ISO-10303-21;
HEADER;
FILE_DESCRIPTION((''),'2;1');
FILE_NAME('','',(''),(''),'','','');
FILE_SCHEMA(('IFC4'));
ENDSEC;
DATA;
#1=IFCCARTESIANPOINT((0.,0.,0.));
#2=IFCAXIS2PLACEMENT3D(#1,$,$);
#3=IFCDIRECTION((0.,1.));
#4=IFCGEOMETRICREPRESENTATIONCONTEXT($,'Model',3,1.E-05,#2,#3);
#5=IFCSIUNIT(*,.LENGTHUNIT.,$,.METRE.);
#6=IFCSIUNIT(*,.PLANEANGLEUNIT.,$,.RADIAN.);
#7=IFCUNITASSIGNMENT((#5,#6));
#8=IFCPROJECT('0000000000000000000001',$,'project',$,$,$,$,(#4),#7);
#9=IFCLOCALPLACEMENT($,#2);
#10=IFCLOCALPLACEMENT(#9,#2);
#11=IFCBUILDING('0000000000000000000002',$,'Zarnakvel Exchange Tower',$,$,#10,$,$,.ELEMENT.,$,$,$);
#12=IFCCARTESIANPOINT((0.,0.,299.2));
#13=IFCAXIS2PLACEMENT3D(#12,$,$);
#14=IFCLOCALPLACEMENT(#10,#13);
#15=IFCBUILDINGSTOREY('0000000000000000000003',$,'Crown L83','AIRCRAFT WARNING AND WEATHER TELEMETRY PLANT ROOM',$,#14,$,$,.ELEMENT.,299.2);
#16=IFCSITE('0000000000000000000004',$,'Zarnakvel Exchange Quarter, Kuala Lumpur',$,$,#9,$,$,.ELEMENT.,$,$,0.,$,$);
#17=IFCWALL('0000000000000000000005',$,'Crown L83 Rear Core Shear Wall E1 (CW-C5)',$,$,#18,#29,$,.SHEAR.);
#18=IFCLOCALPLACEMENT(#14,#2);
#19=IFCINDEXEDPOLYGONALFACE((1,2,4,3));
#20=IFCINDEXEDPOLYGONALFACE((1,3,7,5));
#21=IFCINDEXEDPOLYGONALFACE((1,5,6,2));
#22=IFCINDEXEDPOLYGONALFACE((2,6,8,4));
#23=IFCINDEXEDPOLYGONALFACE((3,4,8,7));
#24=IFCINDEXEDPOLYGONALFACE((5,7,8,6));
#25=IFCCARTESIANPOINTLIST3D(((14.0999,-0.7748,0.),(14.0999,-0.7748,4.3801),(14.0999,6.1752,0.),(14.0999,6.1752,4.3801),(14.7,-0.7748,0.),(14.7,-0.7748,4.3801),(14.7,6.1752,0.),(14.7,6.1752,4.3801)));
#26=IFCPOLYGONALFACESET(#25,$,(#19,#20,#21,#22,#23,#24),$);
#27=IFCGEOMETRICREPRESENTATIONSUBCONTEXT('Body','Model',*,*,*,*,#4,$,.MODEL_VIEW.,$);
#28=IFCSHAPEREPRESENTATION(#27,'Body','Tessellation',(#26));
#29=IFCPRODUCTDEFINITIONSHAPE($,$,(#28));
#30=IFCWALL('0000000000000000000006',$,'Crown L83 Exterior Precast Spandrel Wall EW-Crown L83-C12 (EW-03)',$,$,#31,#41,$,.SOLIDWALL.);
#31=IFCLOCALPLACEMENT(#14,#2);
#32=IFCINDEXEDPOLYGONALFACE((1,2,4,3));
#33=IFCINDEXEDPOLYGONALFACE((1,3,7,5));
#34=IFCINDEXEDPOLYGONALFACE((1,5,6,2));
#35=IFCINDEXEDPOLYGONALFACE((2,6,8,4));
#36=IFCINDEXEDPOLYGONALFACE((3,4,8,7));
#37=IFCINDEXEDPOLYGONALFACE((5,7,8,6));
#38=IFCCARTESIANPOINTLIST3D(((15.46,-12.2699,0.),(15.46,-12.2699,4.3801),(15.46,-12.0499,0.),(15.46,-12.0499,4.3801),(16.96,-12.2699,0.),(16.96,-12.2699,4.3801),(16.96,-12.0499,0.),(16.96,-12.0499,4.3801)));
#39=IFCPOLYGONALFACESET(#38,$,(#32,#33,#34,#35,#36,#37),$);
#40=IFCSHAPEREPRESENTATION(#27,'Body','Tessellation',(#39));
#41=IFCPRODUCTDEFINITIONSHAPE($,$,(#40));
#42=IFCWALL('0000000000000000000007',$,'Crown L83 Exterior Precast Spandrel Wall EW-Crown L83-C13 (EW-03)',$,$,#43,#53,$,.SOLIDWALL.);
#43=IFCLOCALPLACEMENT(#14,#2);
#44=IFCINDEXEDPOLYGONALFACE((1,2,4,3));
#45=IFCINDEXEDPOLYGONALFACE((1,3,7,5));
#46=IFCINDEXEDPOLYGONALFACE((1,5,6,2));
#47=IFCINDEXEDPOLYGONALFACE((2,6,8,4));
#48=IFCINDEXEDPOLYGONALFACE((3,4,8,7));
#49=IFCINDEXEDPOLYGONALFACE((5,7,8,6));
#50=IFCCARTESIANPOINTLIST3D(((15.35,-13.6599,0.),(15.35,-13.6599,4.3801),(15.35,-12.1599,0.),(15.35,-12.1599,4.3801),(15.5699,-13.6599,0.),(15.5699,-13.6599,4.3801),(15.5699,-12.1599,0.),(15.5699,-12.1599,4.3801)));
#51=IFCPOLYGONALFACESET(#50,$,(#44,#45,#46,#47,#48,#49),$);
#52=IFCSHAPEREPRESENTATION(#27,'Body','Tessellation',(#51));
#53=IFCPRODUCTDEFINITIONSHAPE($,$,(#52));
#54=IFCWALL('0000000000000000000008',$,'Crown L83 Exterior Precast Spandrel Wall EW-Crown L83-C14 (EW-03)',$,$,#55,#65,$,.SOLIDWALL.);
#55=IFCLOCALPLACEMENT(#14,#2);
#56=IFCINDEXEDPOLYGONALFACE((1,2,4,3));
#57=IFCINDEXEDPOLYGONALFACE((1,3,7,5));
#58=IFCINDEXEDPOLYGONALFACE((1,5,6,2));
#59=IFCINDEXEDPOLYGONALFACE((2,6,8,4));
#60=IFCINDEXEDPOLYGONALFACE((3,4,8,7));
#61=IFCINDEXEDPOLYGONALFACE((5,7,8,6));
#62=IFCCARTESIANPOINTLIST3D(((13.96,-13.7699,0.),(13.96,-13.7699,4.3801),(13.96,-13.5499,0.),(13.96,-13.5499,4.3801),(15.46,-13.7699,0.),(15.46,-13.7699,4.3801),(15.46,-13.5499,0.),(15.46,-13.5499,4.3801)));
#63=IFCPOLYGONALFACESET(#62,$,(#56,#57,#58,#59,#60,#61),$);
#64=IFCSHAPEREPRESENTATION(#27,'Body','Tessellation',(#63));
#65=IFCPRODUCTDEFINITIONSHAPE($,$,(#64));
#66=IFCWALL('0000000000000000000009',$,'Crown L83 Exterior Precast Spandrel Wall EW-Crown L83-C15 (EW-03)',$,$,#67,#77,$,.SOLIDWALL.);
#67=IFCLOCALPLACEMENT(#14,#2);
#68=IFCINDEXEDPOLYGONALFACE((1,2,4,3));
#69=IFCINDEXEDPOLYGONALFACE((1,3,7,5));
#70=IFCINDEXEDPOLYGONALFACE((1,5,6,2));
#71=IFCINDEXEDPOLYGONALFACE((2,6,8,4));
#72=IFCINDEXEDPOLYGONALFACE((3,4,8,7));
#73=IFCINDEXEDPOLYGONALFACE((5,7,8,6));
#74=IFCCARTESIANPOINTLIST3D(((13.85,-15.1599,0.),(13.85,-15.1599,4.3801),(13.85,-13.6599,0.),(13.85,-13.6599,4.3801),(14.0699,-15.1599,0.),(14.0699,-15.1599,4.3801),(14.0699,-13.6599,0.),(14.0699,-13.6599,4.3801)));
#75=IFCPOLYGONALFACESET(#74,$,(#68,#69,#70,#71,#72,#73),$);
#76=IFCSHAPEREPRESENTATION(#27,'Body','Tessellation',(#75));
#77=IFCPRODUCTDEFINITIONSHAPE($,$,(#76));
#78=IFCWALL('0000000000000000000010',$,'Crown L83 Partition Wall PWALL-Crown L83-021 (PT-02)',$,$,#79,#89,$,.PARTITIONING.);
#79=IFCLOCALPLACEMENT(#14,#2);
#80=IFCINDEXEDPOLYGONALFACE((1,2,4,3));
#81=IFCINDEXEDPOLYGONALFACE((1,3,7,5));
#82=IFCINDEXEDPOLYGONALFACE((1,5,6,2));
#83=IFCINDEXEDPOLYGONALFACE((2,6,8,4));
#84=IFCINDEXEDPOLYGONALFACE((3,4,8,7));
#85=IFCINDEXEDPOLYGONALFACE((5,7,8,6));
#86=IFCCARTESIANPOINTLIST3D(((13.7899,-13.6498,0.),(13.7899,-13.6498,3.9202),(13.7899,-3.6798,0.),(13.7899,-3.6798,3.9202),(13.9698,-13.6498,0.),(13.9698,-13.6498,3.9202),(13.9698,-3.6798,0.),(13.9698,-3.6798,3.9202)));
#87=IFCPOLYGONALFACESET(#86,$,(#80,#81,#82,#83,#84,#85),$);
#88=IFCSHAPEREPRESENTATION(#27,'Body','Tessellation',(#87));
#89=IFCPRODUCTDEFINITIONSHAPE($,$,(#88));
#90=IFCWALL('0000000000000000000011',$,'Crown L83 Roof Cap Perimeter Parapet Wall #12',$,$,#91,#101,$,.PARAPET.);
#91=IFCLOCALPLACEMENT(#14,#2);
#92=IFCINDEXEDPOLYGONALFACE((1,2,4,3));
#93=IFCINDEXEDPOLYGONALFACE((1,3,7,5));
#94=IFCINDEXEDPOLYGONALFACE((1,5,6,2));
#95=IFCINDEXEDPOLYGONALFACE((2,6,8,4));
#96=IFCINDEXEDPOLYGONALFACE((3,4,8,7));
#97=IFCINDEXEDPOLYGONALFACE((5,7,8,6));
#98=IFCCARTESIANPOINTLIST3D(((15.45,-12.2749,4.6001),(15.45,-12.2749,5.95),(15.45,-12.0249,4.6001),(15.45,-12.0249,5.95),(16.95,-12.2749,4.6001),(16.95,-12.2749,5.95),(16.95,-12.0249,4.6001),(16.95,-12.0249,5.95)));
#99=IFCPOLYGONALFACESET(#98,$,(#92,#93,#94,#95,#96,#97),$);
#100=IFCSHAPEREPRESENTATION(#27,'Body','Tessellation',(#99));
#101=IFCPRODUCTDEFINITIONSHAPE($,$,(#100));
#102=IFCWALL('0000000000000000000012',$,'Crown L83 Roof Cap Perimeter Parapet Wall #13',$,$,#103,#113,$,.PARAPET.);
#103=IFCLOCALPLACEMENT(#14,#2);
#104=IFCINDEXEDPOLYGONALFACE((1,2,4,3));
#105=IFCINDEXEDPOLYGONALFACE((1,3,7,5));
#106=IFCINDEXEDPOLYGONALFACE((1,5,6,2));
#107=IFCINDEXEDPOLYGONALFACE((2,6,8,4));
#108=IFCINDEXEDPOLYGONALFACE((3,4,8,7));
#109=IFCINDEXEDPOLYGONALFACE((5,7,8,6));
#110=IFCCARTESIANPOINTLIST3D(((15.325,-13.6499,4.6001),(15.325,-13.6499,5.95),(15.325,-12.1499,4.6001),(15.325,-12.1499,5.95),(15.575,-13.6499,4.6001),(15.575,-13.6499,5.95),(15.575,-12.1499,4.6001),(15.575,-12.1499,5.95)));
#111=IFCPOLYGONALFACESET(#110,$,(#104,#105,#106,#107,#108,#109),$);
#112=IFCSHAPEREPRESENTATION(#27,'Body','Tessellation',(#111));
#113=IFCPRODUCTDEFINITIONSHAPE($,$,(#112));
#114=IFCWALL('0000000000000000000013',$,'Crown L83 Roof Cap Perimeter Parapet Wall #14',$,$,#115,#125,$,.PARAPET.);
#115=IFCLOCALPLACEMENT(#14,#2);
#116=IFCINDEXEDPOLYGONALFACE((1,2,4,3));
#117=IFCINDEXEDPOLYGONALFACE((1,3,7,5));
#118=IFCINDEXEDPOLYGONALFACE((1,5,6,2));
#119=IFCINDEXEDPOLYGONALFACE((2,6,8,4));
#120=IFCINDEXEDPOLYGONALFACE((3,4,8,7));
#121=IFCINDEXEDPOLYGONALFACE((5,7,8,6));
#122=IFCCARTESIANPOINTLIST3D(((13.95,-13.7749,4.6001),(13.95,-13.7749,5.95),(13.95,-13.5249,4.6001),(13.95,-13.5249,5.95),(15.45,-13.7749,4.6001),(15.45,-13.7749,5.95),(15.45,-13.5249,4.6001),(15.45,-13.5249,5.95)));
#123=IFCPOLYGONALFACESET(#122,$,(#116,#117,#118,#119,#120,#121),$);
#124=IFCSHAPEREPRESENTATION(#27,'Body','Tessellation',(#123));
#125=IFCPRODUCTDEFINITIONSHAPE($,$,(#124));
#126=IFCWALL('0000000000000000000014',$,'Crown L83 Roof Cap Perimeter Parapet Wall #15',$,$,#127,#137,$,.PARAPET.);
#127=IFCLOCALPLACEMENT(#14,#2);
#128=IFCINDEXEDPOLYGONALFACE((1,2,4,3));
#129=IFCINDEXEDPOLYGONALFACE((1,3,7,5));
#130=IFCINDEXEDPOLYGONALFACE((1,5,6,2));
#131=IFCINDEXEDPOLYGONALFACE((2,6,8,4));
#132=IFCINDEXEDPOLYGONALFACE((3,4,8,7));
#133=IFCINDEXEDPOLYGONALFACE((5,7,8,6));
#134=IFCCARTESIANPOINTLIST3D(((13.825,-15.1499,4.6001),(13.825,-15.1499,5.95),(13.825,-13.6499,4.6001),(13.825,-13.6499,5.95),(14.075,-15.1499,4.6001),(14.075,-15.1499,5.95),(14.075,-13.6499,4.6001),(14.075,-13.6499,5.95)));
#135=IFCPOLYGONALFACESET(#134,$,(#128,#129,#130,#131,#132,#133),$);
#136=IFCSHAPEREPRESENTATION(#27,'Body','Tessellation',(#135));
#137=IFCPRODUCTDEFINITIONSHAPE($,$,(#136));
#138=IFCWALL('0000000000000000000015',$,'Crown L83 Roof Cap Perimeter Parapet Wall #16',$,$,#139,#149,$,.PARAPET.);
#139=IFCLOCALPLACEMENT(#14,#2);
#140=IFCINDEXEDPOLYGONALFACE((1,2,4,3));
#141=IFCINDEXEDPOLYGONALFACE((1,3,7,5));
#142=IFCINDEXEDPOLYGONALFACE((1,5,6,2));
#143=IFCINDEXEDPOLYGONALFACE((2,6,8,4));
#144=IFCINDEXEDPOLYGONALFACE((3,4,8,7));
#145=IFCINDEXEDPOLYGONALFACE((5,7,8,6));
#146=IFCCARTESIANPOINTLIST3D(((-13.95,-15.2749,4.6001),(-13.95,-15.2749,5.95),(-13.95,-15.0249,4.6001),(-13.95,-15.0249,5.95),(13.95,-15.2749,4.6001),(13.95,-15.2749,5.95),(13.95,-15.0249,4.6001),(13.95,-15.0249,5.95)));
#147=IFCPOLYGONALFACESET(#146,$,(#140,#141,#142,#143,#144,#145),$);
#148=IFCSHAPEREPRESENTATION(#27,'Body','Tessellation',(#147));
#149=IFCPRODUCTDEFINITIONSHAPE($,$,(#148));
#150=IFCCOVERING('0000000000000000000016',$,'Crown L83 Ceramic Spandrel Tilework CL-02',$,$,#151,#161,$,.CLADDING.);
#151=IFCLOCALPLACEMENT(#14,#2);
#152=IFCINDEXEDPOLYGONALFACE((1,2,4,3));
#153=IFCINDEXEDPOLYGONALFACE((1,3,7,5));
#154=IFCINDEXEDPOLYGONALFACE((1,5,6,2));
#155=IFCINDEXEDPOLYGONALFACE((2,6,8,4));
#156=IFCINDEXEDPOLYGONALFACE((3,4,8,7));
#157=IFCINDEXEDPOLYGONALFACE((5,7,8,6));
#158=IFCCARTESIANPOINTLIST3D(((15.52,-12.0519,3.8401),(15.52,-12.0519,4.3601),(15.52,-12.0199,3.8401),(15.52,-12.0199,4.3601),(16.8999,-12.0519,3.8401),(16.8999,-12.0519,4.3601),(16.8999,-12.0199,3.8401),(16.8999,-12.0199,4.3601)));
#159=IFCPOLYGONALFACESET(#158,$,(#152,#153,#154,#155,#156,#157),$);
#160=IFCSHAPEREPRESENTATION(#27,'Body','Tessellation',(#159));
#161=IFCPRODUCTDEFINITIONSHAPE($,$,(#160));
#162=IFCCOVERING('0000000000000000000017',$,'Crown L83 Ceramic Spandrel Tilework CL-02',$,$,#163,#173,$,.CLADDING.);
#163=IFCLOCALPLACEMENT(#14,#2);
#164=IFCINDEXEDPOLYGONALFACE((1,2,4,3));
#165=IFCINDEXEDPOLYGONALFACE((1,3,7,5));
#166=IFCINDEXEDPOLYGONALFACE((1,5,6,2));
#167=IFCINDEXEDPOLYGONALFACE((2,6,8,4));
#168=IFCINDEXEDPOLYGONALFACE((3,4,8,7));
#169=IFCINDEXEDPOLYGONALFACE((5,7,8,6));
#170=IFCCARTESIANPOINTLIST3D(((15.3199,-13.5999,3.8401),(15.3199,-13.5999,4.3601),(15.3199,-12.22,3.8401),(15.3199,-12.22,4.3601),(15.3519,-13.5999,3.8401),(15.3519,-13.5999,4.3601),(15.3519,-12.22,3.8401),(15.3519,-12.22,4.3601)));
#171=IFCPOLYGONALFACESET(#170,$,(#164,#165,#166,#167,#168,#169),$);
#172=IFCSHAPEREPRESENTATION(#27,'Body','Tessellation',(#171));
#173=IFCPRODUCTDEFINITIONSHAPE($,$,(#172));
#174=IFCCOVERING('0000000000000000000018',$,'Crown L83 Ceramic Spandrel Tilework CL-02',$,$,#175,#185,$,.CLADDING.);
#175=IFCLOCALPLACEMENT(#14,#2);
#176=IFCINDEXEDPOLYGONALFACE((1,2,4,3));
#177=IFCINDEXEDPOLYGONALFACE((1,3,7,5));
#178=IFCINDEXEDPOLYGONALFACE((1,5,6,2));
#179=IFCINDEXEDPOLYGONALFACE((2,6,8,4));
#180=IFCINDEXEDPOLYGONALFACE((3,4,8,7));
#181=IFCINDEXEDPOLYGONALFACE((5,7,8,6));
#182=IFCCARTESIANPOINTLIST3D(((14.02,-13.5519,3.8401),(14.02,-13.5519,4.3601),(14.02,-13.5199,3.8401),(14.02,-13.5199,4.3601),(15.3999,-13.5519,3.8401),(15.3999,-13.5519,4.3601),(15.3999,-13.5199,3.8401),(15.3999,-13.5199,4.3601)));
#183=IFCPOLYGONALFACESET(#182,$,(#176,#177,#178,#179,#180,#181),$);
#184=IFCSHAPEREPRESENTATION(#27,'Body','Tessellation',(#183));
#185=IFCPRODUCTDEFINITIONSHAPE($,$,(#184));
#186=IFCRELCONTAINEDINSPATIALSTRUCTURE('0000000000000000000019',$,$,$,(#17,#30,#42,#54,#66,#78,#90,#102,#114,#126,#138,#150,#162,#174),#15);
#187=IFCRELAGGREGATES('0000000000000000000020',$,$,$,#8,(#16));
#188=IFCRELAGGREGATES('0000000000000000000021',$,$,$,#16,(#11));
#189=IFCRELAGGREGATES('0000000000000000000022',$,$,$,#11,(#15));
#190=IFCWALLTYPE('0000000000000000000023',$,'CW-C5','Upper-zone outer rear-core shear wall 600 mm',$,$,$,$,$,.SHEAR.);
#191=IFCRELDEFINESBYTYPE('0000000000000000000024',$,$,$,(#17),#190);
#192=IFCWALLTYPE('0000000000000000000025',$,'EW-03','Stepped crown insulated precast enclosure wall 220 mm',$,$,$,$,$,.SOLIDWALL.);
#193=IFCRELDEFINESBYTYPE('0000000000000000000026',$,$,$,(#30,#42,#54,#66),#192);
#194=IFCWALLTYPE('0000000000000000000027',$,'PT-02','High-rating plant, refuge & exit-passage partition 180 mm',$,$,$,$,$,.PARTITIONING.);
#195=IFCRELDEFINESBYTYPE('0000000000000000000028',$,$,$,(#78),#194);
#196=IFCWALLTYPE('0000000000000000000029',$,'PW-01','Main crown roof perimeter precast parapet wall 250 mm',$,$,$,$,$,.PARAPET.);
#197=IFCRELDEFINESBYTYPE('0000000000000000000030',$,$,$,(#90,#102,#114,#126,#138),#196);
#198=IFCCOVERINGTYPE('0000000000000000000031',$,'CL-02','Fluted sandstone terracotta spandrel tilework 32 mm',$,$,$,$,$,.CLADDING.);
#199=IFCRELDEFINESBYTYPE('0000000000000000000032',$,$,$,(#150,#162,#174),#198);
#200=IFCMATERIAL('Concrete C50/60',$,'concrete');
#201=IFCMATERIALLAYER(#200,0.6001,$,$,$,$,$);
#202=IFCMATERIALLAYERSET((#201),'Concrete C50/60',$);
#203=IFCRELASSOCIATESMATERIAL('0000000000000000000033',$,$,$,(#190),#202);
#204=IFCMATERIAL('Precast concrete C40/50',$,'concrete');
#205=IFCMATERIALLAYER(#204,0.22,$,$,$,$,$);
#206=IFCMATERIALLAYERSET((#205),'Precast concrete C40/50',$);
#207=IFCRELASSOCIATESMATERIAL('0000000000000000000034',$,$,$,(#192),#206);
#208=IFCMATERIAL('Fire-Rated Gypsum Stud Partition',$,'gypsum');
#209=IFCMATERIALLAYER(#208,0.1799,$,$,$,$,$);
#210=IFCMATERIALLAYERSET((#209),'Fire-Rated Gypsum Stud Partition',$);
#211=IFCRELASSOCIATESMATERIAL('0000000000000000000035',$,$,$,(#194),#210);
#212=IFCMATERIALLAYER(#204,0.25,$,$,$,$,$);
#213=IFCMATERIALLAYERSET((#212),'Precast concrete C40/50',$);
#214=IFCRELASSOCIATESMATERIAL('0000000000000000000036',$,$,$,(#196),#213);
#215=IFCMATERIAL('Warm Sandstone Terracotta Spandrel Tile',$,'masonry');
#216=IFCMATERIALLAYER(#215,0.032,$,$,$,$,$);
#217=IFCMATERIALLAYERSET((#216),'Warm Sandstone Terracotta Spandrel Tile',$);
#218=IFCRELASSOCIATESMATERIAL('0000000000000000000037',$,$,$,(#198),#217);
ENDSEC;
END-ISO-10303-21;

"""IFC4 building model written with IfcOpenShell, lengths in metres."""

from ifc_helpers import new_model, si_unit, direction, frame, frame_2d, origin, origin_2d, place, context, subcontext, project, spatial, rectangle, extrude, source, transform, mapped, material, layer, layer_set, type_object, element, save


model = new_model("IFC4")

# Units and contexts
model_context = context("Model", 3, precision=1e-05, world=origin(), true_north=direction((0.0, 1.0)))
body_context = subcontext(model_context, "Body", "Model", "MODEL_VIEW")
ifc_project = project(units=[si_unit("LENGTHUNIT", "METRE"), si_unit("PLANEANGLEUNIT", "RADIAN")], contexts=[model_context])

# Site, building, storey
site_placement = place(None, origin())
site = spatial("IfcSite", under=ifc_project, at=site_placement, Name="Zarnakvel Exchange Quarter, Kuala Lumpur", CompositionType="ELEMENT", RefElevation=0.0)
building_placement = place(site_placement, origin())
building = spatial("IfcBuilding", under=site, at=building_placement, Name="Zarnakvel Exchange Tower", CompositionType="ELEMENT")
storey_placement = place(building_placement, frame((0.0, 0.0, 299.2)))
storey = spatial("IfcBuildingStorey", under=building, at=storey_placement, Name="Crown L83", Description="AIRCRAFT WARNING AND WEATHER TELEMETRY PLANT ROOM", CompositionType="ELEMENT", Elevation=299.2)

# Shared definitions
ifc_material_1 = material(Name="Concrete C50/60", Category="concrete")

# Wall
ifc_layer_1 = layer(ifc_material_1, 0.6001)
ifc_layer_set_1 = layer_set([ifc_layer_1], Name="Concrete C50/60")
wall_type_1 = type_object("IfcWallType", Name="CW-C5", Description="Upper-zone outer rear-core shear wall 600 mm", PredefinedType="SHEAR", material=ifc_layer_set_1)
wall_1_placement = place(storey_placement, frame((14.3999, -0.7749, 0.0), z_axis=(0.0, 0.0, 1.0), x_axis=(0.0, 1.0, 0.0)))
element("IfcWall", 1, at=wall_1_placement, inside=storey, type_object=wall_type_1, Name="Crown L83 Rear Core Shear Wall E1 (CW-C5)", PredefinedType="SHEAR", context=body_context, shape_type="SweptSolid", body=[
    extrude(rectangle(XDim=6.95, YDim=0.6001, at=frame_2d((3.4751, 0.0))), origin(), (0.0, 0.0, 1.0), 4.3801),
])

# Walls
ifc_material_2 = material(Name="Precast concrete C40/50", Category="concrete")
ifc_layer_2 = layer(ifc_material_2, 0.22)
ifc_layer_set_2 = layer_set([ifc_layer_2], Name="Precast concrete C40/50")
wall_type_2 = type_object("IfcWallType", Name="EW-03", Description="Stepped crown insulated precast enclosure wall 220 mm", PredefinedType="SOLIDWALL", material=ifc_layer_set_2)
for number, where, z_axis, x_axis, name in (
    (2, (15.46, -12.1599, 0.0), (0.0, 0.0, 1.0), (1.0, 0.0, 0.0), "Crown L83 Exterior Precast Spandrel Wall EW-Crown L83-C12 (EW-03)"),
    (3, (15.46, -13.6599, 0.0), (0.0, 0.0, 1.0), (0.0, 1.0, 0.0), "Crown L83 Exterior Precast Spandrel Wall EW-Crown L83-C13 (EW-03)"),
    (4, (13.96, -13.6599, 0.0), (0.0, 0.0, 1.0), (1.0, 0.0, 0.0), "Crown L83 Exterior Precast Spandrel Wall EW-Crown L83-C14 (EW-03)"),
    (5, (13.96, -15.1599, 0.0), (0.0, 0.0, 1.0), (0.0, 1.0, 0.0), "Crown L83 Exterior Precast Spandrel Wall EW-Crown L83-C15 (EW-03)"),
):
    element("IfcWall", number, at=place(storey_placement, frame(where, z_axis=z_axis, x_axis=x_axis)), inside=storey, type_object=wall_type_2, Name=name, PredefinedType="SOLIDWALL", context=body_context, shape_type="SweptSolid", body=[
        extrude(rectangle(XDim=1.5, YDim=0.22, at=frame_2d((0.75, 0.0))), origin(), (0.0, 0.0, 1.0), 4.3801),
    ])
ifc_material_3 = material(Name="Fire-Rated Gypsum Stud Partition", Category="gypsum")
ifc_layer_3 = layer(ifc_material_3, 0.1799)
ifc_layer_set_3 = layer_set([ifc_layer_3], Name="Fire-Rated Gypsum Stud Partition")
wall_type_3 = type_object("IfcWallType", Name="PT-02", Description="High-rating plant, refuge & exit-passage partition 180 mm", PredefinedType="PARTITIONING", material=ifc_layer_set_3)
wall_2_placement = place(storey_placement, frame((13.8799, -3.6799, 0.0), z_axis=(0.0, 0.0, 1.0), x_axis=(0.0, -1.0, 0.0)))
element("IfcWall", 6, at=wall_2_placement, inside=storey, type_object=wall_type_3, Name="Crown L83 Partition Wall PWALL-Crown L83-021 (PT-02)", PredefinedType="PARTITIONING", context=body_context, shape_type="SweptSolid", body=[
    extrude(rectangle(XDim=9.97, YDim=0.1799, at=frame_2d((4.9849, 0.0))), origin(), (0.0, 0.0, 1.0), 3.9202),
])
ifc_layer_4 = layer(ifc_material_2, 0.25)
ifc_layer_set_4 = layer_set([ifc_layer_4], Name="Precast concrete C40/50")
wall_type_4 = type_object("IfcWallType", Name="PW-01", Description="Main crown roof perimeter precast parapet wall 250 mm", PredefinedType="PARAPET", material=ifc_layer_set_4)
for number, where, z_axis, x_axis, name in (
    (7, (16.95, -12.1499, 4.6001), (0.0, 0.0, 1.0), (-1.0, 0.0, 0.0), "Crown L83 Roof Cap Perimeter Parapet Wall #12"),
    (8, (15.45, -12.1499, 4.6001), (0.0, 0.0, 1.0), (0.0, -1.0, 0.0), "Crown L83 Roof Cap Perimeter Parapet Wall #13"),
    (9, (15.45, -13.6499, 4.6001), (0.0, 0.0, 1.0), (-1.0, 0.0, 0.0), "Crown L83 Roof Cap Perimeter Parapet Wall #14"),
    (10, (13.95, -13.6499, 4.6001), (0.0, 0.0, 1.0), (0.0, -1.0, 0.0), "Crown L83 Roof Cap Perimeter Parapet Wall #15"),
):
    element("IfcWall", number, at=place(storey_placement, frame(where, z_axis=z_axis, x_axis=x_axis)), inside=storey, type_object=wall_type_4, Name=name, PredefinedType="PARAPET", context=body_context, shape_type="SweptSolid", body=[
        extrude(rectangle(XDim=1.5, YDim=0.25, at=frame_2d((0.75, 0.0))), origin(), (0.0, 0.0, 1.0), 1.3499),
    ])
wall_3_placement = place(storey_placement, frame((13.95, -15.1499, 4.6001), z_axis=(0.0, 0.0, 1.0), x_axis=(-1.0, 0.0, 0.0)))
element("IfcWall", 11, at=wall_3_placement, inside=storey, type_object=wall_type_4, Name="Crown L83 Roof Cap Perimeter Parapet Wall #16", PredefinedType="PARAPET", context=body_context, shape_type="SweptSolid", body=[
    extrude(rectangle(XDim=27.8999, YDim=0.25, at=frame_2d((13.95, 0.0))), origin(), (0.0, 0.0, 1.0), 1.3499),
])

# Coverings
ifc_material_4 = material(Name="Warm Sandstone Terracotta Spandrel Tile", Category="masonry")
ifc_layer_5 = layer(ifc_material_4, 0.032)
ifc_layer_set_5 = layer_set([ifc_layer_5], Name="Warm Sandstone Terracotta Spandrel Tile")
covering_type = type_object("IfcCoveringType", Name="CL-02", Description="Fluted sandstone terracotta spandrel tilework 32 mm", PredefinedType="CLADDING", material=ifc_layer_set_5)
shared_shape_1 = source(origin(), body_context, "Body", "SweptSolid", [
    extrude(rectangle(XDim=1.3799, YDim=0.032, at=origin_2d()), origin(), (0.0, 0.0, 1.0), 0.52),
])
for number, where, z_axis, x_axis, name in (
    (12, (16.21, -12.0359, 3.8401), (0.0, 0.0, 1.0), (1.0, 0.0, 0.0), "Crown L83 Ceramic Spandrel Tilework CL-02"),
    (13, (15.3359, -12.9099, 3.8401), (0.0, 0.0, 1.0), (0.0, 1.0, 0.0), "Crown L83 Ceramic Spandrel Tilework CL-02"),
    (14, (14.71, -13.5359, 3.8401), (0.0, 0.0, 1.0), (1.0, 0.0, 0.0), "Crown L83 Ceramic Spandrel Tilework CL-02"),
):
    element("IfcCovering", number, at=place(storey_placement, frame(where, z_axis=z_axis, x_axis=x_axis)), inside=storey, type_object=covering_type, Name=name, PredefinedType="CLADDING", context=body_context, shape_type="MappedRepresentation", body=[
        mapped(shared_shape_1, transform((0.0, 0.0, 0.0), x_axis=(1.0, 0.0, 0.0), y_axis=(0.0, 1.0, 0.0), z_axis=(0.0, 0.0, 1.0), scale=1.0)),
    ])

save(model, "model.ifc")
